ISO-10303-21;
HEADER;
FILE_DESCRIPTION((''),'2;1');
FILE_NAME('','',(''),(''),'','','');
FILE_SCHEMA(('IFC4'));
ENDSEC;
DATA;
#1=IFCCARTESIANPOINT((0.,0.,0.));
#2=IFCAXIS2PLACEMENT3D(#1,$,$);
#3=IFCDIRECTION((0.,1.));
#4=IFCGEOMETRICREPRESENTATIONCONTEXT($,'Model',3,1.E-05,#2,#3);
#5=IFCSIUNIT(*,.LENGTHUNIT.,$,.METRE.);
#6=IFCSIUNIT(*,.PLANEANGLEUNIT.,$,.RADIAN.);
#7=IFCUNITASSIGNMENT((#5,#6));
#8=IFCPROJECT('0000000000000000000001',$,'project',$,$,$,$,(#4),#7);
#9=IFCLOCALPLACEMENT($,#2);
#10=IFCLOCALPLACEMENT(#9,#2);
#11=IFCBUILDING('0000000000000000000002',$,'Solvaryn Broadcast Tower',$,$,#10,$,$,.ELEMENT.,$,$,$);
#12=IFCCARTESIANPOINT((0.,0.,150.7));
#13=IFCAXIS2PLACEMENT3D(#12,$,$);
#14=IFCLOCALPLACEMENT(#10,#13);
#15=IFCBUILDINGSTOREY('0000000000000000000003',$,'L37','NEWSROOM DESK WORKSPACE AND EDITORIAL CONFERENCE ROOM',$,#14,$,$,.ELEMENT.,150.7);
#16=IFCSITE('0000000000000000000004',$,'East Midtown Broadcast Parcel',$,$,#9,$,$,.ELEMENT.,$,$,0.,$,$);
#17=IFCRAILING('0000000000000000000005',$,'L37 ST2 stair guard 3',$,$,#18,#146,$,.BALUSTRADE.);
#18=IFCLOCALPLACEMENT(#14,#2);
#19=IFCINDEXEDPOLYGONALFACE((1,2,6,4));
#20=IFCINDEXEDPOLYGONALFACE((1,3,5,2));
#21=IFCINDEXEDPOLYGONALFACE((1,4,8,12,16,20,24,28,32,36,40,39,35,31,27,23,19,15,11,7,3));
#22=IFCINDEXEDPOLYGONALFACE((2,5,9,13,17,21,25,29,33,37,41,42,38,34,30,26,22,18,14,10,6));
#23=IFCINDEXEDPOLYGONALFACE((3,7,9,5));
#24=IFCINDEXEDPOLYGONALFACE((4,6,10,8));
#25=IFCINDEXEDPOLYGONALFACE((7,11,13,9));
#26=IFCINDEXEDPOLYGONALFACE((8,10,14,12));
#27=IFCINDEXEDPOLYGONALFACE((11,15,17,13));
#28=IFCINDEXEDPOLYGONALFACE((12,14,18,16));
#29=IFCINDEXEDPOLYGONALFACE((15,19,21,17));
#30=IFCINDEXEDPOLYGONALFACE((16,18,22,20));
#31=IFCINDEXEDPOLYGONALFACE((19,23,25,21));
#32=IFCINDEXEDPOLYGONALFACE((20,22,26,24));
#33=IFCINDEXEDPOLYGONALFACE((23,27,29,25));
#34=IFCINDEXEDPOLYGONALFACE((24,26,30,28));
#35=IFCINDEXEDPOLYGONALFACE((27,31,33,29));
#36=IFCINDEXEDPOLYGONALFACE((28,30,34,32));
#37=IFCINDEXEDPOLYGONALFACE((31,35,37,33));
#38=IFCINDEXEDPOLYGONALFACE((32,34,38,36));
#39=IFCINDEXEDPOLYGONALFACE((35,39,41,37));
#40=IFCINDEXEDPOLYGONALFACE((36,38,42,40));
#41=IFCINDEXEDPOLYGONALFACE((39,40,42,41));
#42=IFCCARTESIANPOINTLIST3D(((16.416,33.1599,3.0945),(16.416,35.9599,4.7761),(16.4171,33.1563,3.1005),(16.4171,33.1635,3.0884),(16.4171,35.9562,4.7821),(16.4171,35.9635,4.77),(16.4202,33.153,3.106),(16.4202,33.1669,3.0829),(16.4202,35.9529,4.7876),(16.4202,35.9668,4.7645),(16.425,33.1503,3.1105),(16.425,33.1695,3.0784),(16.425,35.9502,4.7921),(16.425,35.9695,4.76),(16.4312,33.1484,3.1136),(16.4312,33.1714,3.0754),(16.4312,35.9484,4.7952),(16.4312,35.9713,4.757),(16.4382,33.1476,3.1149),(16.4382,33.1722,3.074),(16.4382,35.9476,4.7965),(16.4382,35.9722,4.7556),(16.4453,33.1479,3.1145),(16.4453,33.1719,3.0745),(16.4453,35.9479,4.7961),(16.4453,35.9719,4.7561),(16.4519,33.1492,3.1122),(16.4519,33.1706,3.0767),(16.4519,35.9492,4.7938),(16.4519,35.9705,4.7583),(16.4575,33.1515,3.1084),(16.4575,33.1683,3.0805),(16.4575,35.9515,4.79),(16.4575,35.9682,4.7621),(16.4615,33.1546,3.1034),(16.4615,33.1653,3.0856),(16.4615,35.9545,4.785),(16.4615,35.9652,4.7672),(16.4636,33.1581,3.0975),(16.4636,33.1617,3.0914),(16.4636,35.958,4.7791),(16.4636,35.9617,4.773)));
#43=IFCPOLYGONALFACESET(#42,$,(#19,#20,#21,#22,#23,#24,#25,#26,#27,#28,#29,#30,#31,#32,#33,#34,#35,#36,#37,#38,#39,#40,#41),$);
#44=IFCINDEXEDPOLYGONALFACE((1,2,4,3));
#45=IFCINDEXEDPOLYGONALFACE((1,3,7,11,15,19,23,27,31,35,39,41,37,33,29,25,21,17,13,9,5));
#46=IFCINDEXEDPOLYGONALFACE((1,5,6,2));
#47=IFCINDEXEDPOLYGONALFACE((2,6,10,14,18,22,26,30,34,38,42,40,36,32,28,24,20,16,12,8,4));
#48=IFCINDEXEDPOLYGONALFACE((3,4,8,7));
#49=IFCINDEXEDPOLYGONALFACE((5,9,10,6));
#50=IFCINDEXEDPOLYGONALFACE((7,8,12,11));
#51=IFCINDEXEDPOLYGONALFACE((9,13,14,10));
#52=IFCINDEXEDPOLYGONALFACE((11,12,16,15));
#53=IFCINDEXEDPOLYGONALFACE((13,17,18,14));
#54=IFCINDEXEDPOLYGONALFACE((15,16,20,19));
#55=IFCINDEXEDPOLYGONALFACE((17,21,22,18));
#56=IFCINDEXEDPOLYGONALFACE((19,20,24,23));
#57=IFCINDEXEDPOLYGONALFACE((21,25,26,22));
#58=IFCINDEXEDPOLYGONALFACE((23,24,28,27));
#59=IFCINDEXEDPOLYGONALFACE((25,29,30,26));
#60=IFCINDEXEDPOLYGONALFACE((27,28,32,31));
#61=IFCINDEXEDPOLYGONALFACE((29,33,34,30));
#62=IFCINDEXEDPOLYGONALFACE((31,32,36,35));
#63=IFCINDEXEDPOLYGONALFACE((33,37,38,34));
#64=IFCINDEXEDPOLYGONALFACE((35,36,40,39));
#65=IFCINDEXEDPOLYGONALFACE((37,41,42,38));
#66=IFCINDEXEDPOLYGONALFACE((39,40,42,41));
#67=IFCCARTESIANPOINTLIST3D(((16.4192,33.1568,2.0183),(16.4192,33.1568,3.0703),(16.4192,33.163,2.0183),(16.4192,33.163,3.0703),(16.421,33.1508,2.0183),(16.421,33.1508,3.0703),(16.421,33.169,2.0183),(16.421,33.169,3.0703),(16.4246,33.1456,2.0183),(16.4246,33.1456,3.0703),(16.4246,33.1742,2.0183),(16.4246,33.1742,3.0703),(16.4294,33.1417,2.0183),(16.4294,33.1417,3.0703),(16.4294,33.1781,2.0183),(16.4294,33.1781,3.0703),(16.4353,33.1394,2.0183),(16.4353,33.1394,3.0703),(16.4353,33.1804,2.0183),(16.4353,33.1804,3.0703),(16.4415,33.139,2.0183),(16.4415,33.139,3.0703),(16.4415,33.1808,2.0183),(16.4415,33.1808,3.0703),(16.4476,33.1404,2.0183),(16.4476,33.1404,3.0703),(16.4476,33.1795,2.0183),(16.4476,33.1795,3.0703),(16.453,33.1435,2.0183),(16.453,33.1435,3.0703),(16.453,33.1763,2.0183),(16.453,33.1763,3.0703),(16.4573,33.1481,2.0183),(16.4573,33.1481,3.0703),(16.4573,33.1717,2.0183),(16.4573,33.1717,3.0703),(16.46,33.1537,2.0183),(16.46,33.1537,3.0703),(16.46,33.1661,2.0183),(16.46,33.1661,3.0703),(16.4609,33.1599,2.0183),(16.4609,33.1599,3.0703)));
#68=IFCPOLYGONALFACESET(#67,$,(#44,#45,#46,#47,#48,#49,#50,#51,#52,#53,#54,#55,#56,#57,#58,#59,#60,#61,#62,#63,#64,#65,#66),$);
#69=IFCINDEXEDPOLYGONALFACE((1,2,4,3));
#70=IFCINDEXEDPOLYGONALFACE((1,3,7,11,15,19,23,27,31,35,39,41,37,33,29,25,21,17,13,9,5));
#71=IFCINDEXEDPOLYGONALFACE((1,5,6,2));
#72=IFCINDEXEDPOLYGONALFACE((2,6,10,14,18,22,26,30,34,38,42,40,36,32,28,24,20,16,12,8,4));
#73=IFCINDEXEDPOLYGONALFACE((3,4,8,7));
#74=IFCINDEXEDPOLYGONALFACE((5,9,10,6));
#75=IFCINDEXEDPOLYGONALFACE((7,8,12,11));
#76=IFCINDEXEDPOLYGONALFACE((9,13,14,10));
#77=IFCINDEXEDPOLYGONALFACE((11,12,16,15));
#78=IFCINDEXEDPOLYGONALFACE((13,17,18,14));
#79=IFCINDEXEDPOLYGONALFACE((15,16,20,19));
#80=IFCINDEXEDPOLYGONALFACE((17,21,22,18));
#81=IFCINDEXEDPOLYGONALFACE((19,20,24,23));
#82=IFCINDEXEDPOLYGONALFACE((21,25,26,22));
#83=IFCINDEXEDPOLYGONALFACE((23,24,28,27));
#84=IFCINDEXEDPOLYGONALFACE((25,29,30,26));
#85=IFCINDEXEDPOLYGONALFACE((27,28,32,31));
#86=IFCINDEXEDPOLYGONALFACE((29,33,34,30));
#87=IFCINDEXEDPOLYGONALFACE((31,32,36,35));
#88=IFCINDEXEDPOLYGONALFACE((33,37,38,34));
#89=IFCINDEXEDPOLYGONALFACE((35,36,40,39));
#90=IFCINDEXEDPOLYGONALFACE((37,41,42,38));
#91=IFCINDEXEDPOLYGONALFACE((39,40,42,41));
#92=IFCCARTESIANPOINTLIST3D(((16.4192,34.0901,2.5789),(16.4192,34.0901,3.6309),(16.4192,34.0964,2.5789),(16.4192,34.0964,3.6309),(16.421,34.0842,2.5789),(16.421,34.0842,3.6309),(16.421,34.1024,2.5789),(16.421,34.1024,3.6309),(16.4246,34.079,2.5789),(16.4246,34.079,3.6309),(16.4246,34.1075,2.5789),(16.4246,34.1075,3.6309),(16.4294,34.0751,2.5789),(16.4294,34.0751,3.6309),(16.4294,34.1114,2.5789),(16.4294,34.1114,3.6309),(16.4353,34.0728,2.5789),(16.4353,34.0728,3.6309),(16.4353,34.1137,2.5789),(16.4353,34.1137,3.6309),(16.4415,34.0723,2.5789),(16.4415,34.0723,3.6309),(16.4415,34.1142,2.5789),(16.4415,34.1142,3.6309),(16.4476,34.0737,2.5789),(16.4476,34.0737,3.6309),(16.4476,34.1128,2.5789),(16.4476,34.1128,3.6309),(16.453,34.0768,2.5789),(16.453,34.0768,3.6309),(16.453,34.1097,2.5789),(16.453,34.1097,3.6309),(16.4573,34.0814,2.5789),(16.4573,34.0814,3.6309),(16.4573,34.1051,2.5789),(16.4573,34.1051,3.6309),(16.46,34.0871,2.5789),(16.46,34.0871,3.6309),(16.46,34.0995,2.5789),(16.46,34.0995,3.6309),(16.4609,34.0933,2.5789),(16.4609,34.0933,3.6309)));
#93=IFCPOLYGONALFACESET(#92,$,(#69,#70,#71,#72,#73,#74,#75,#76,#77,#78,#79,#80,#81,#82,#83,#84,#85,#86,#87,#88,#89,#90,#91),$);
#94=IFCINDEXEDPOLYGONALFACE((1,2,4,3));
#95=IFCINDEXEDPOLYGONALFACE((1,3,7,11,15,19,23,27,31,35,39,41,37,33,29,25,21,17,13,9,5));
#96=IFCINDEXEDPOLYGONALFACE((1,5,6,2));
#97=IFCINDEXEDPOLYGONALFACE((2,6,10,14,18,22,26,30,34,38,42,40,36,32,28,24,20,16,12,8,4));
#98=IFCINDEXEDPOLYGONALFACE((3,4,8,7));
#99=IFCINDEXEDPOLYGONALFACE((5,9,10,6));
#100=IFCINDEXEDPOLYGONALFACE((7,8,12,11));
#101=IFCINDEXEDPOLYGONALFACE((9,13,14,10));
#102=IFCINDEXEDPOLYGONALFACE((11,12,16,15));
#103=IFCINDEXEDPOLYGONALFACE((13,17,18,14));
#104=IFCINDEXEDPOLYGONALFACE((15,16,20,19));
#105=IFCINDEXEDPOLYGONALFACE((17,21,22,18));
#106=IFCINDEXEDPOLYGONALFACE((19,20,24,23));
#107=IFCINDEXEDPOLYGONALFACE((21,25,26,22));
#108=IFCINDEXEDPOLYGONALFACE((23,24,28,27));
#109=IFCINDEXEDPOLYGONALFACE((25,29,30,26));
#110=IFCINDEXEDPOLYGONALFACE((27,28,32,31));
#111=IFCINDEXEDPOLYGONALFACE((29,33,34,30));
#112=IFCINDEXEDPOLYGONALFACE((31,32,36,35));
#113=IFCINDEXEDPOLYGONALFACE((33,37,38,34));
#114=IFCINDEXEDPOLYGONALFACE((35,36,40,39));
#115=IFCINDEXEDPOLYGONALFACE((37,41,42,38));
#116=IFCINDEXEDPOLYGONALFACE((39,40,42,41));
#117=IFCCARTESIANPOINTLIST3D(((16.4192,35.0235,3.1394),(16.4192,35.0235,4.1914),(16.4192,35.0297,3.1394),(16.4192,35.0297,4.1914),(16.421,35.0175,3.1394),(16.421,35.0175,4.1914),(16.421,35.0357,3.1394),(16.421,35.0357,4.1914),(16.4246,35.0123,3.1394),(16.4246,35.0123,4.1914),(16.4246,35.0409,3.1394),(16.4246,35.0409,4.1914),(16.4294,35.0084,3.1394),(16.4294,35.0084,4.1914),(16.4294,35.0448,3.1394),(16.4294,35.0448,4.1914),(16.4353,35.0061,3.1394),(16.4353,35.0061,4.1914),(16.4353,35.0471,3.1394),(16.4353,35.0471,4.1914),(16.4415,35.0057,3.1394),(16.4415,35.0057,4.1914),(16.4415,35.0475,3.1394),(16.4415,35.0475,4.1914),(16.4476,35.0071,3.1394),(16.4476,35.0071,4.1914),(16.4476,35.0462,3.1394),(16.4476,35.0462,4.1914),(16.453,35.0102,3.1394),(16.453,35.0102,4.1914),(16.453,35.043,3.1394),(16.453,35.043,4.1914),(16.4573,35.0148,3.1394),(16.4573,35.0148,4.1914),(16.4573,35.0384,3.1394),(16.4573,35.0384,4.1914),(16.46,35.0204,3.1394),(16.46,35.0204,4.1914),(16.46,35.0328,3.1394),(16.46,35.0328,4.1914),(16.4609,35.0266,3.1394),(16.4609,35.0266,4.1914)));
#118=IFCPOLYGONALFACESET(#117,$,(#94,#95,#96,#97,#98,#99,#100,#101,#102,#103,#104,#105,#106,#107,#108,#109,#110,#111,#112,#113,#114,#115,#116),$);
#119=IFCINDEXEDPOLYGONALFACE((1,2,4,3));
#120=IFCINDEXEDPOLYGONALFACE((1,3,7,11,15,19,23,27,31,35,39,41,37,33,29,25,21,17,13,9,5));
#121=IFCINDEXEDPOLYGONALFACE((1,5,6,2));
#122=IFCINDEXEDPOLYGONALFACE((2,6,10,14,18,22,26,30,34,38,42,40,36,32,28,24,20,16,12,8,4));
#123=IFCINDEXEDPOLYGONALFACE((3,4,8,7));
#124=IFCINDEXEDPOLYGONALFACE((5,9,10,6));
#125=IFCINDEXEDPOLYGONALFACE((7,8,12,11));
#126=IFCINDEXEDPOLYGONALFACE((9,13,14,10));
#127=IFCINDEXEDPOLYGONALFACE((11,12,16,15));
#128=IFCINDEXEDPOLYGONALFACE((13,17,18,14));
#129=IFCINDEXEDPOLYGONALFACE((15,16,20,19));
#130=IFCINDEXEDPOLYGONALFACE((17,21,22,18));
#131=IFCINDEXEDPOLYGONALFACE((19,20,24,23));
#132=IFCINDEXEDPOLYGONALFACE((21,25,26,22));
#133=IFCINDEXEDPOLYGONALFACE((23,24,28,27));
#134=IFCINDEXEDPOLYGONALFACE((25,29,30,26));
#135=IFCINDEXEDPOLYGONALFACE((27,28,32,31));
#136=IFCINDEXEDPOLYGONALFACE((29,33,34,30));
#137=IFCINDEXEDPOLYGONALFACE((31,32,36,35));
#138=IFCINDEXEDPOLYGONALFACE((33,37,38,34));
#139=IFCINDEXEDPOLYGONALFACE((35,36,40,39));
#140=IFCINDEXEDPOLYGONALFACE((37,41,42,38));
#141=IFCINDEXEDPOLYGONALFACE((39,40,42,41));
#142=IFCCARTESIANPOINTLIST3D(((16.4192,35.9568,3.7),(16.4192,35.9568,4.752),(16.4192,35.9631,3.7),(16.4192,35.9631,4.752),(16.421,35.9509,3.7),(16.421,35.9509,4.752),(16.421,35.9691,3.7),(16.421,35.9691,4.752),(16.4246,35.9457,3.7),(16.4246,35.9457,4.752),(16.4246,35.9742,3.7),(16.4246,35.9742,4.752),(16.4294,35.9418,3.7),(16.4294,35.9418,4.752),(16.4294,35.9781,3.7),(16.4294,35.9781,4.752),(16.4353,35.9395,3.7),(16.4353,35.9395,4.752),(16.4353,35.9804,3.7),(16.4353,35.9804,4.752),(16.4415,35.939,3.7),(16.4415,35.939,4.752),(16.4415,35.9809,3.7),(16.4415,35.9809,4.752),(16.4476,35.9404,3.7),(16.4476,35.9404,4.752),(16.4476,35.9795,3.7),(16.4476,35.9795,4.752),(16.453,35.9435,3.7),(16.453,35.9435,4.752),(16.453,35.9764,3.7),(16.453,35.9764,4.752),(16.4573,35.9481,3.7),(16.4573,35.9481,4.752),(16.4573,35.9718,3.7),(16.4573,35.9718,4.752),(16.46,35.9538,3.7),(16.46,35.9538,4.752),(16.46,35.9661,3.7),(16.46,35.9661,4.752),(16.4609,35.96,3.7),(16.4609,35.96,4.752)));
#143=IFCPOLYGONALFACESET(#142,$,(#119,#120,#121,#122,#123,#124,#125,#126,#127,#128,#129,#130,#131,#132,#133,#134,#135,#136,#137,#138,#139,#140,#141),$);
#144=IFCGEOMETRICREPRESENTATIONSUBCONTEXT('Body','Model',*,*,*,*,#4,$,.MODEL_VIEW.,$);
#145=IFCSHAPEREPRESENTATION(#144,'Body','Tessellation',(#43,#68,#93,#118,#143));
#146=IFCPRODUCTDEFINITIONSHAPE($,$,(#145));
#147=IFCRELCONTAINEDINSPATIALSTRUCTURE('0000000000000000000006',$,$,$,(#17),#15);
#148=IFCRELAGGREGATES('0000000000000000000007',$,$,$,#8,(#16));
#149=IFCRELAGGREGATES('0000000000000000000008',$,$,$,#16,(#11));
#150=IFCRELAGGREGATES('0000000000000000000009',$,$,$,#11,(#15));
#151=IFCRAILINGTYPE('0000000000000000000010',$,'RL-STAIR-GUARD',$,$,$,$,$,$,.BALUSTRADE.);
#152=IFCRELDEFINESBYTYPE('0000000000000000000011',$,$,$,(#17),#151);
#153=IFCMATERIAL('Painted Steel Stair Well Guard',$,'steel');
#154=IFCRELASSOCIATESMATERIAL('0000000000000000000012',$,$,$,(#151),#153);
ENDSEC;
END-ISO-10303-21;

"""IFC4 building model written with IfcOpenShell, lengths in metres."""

from ifc_helpers import new_model, si_unit, direction, frame, origin, origin_2d, place, context, subcontext, project, spatial, circle, extrude, material, type_object, element, save


model = new_model("IFC4")

# Units and contexts
model_context = context("Model", 3, precision=1e-05, world=origin(), true_north=direction((0.0, 1.0)))
body_context = subcontext(model_context, "Body", "Model", "MODEL_VIEW")
ifc_project = project(units=[si_unit("LENGTHUNIT", "METRE"), si_unit("PLANEANGLEUNIT", "RADIAN")], contexts=[model_context])

# Site, building, storey
site_placement = place(None, origin())
site = spatial("IfcSite", under=ifc_project, at=site_placement, Name="East Midtown Broadcast Parcel", CompositionType="ELEMENT", RefElevation=0.0)
building_placement = place(site_placement, origin())
building = spatial("IfcBuilding", under=site, at=building_placement, Name="Solvaryn Broadcast Tower", CompositionType="ELEMENT")
storey_placement = place(building_placement, frame((0.0, 0.0, 150.7)))
storey = spatial("IfcBuildingStorey", under=building, at=storey_placement, Name="L37", Description="NEWSROOM DESK WORKSPACE AND EDITORIAL CONFERENCE ROOM", CompositionType="ELEMENT", Elevation=150.7)

# Railing
ifc_material_1 = material(Name="Painted Steel Stair Well Guard", Category="steel")
railing_type_1 = type_object("IfcRailingType", Name="RL-STAIR-GUARD", PredefinedType="BALUSTRADE", material=ifc_material_1)
railing_1_placement = place(storey_placement, frame((16.4399, 33.1599, 2.0183)))
element("IfcRailing", 1, at=railing_1_placement, inside=storey, type_object=railing_type_1, Name="L37 ST2 stair guard 3", PredefinedType="BALUSTRADE", context=body_context, shape_type="SweptSolid", body=[
    extrude(circle(Radius=0.0239, at=origin_2d()), frame((0.0, 0.0, 1.0762), z_axis=(0.0, 0.857275, 0.514858), x_axis=(-1.0, 0.0, 0.0)), (0.0, 0.0, 1.0), 3.2661),
    extrude(circle(Radius=0.021, at=origin_2d()), origin(), (0.0, 0.0, 1.0), 1.052),
    extrude(circle(Radius=0.021, at=origin_2d()), frame((0.0, 0.9333, 0.5605)), (0.0, 0.0, 1.0), 1.052),
    extrude(circle(Radius=0.021, at=origin_2d()), frame((0.0, 1.8667, 1.1211)), (0.0, 0.0, 1.0), 1.052),
    extrude(circle(Radius=0.021, at=origin_2d()), frame((0.0, 2.8, 1.6816)), (0.0, 0.0, 1.0), 1.052),
])

save(model, "model.ifc")
